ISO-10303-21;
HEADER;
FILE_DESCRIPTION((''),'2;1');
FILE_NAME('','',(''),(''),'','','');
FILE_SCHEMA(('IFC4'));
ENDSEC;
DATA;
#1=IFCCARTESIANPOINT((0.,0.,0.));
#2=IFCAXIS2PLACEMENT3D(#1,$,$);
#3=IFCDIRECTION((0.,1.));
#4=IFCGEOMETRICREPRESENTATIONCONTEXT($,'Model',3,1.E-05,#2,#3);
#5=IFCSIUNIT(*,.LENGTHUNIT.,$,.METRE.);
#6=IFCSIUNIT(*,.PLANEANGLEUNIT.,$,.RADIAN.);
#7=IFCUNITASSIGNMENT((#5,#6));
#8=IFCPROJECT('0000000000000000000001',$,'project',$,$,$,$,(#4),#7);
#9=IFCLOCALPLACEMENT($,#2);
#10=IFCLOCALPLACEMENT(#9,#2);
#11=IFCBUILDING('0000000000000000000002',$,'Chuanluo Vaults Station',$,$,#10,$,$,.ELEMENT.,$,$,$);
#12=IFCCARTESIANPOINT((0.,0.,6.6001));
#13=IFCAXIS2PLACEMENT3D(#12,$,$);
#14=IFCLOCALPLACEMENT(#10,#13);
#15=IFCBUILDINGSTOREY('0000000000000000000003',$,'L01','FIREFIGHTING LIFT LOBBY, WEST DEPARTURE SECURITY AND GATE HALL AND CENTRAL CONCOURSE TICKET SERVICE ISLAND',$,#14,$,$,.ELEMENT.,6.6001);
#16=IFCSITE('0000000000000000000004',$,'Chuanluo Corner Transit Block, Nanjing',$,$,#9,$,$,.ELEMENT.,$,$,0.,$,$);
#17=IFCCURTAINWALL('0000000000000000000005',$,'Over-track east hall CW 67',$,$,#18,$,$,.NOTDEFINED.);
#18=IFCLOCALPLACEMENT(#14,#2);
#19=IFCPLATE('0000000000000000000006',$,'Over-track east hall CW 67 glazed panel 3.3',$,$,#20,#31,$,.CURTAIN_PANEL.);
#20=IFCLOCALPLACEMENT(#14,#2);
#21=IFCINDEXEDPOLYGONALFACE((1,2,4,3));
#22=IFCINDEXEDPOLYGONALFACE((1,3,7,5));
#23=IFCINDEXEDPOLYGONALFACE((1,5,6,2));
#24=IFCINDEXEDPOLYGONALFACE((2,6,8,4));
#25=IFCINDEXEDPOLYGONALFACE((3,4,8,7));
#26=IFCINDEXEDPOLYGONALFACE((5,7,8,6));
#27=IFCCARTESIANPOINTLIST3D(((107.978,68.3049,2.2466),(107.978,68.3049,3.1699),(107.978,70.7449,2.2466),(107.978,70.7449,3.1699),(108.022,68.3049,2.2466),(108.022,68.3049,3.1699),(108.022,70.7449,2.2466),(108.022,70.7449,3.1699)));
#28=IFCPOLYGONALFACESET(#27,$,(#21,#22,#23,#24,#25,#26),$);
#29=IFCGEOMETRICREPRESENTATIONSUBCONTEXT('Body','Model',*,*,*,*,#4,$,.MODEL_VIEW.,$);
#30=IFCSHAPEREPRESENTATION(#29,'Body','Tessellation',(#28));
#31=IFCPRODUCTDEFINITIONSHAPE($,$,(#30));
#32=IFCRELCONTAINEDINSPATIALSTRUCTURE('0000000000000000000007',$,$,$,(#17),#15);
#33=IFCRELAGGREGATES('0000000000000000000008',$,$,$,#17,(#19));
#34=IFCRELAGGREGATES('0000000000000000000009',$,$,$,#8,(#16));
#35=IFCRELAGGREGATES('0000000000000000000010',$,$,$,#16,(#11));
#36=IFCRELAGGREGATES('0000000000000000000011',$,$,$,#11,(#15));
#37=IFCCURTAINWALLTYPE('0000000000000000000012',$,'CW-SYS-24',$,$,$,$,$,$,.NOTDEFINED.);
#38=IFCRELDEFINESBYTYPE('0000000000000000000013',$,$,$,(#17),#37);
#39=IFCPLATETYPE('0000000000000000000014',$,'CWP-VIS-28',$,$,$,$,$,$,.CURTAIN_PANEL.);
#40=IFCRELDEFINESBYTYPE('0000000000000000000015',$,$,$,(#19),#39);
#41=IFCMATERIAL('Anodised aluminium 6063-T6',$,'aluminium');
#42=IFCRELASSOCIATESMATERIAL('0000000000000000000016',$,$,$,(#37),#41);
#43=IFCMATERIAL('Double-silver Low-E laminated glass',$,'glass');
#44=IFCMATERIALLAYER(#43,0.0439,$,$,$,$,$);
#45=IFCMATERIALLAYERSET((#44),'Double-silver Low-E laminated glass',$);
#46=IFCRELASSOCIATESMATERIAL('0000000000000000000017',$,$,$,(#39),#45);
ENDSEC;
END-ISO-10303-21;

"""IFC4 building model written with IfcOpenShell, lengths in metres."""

from ifc_helpers import new_model, si_unit, direction, frame, origin, origin_2d, place, context, subcontext, project, spatial, rectangle, extrude, material, layer, layer_set, type_object, element, aggregate, save


model = new_model("IFC4")

# Units and contexts
model_context = context("Model", 3, precision=1e-05, world=origin(), true_north=direction((0.0, 1.0)))
body_context = subcontext(model_context, "Body", "Model", "MODEL_VIEW")
ifc_project = project(units=[si_unit("LENGTHUNIT", "METRE"), si_unit("PLANEANGLEUNIT", "RADIAN")], contexts=[model_context])

# Site, building, storey
site_placement = place(None, origin())
site = spatial("IfcSite", under=ifc_project, at=site_placement, Name="Chuanluo Corner Transit Block, Nanjing", CompositionType="ELEMENT", RefElevation=0.0)
building_placement = place(site_placement, origin())
building = spatial("IfcBuilding", under=site, at=building_placement, Name="Chuanluo Vaults Station", CompositionType="ELEMENT")
storey_placement = place(building_placement, frame((0.0, 0.0, 6.6001)))
storey = spatial("IfcBuildingStorey", under=building, at=storey_placement, Name="L01", Description="FIREFIGHTING LIFT LOBBY, WEST DEPARTURE SECURITY AND GATE HALL AND CENTRAL CONCOURSE TICKET SERVICE ISLAND", CompositionType="ELEMENT", Elevation=6.6001)

# Curtain wall, plate
ifc_material_1 = material(Name="Anodised aluminium 6063-T6", Category="aluminium")
curtain_wall_type = type_object("IfcCurtainWallType", Name="CW-SYS-24", PredefinedType="NOTDEFINED", material=ifc_material_1)
curtain_wall_placement = place(storey_placement, origin())
curtain_wall = element("IfcCurtainWall", 1, at=curtain_wall_placement, inside=storey, type_object=curtain_wall_type, Name="Over-track east hall CW 67", PredefinedType="NOTDEFINED")
ifc_material_2 = material(Name="Double-silver Low-E laminated glass", Category="glass")
ifc_layer_1 = layer(ifc_material_2, 0.0439)
ifc_layer_set_1 = layer_set([ifc_layer_1], Name="Double-silver Low-E laminated glass")
plate_type_1 = type_object("IfcPlateType", Name="CWP-VIS-28", PredefinedType="CURTAIN_PANEL", material=ifc_layer_set_1)
plate_1_placement = place(storey_placement, frame((108.0, 69.5249, 2.2466), z_axis=(0.0, 0.0, 1.0), x_axis=(0.0, -1.0, 0.0)))
plate_1 = element("IfcPlate", 2, at=plate_1_placement, type_object=plate_type_1, Name="Over-track east hall CW 67 glazed panel 3.3", PredefinedType="CURTAIN_PANEL", context=body_context, shape_type="SweptSolid", body=[
    extrude(rectangle(XDim=2.4399, YDim=0.0439, at=origin_2d()), origin(), (0.0, 0.0, 1.0), 0.9233),
])
aggregate(curtain_wall, [plate_1])

save(model, "model.ifc")
